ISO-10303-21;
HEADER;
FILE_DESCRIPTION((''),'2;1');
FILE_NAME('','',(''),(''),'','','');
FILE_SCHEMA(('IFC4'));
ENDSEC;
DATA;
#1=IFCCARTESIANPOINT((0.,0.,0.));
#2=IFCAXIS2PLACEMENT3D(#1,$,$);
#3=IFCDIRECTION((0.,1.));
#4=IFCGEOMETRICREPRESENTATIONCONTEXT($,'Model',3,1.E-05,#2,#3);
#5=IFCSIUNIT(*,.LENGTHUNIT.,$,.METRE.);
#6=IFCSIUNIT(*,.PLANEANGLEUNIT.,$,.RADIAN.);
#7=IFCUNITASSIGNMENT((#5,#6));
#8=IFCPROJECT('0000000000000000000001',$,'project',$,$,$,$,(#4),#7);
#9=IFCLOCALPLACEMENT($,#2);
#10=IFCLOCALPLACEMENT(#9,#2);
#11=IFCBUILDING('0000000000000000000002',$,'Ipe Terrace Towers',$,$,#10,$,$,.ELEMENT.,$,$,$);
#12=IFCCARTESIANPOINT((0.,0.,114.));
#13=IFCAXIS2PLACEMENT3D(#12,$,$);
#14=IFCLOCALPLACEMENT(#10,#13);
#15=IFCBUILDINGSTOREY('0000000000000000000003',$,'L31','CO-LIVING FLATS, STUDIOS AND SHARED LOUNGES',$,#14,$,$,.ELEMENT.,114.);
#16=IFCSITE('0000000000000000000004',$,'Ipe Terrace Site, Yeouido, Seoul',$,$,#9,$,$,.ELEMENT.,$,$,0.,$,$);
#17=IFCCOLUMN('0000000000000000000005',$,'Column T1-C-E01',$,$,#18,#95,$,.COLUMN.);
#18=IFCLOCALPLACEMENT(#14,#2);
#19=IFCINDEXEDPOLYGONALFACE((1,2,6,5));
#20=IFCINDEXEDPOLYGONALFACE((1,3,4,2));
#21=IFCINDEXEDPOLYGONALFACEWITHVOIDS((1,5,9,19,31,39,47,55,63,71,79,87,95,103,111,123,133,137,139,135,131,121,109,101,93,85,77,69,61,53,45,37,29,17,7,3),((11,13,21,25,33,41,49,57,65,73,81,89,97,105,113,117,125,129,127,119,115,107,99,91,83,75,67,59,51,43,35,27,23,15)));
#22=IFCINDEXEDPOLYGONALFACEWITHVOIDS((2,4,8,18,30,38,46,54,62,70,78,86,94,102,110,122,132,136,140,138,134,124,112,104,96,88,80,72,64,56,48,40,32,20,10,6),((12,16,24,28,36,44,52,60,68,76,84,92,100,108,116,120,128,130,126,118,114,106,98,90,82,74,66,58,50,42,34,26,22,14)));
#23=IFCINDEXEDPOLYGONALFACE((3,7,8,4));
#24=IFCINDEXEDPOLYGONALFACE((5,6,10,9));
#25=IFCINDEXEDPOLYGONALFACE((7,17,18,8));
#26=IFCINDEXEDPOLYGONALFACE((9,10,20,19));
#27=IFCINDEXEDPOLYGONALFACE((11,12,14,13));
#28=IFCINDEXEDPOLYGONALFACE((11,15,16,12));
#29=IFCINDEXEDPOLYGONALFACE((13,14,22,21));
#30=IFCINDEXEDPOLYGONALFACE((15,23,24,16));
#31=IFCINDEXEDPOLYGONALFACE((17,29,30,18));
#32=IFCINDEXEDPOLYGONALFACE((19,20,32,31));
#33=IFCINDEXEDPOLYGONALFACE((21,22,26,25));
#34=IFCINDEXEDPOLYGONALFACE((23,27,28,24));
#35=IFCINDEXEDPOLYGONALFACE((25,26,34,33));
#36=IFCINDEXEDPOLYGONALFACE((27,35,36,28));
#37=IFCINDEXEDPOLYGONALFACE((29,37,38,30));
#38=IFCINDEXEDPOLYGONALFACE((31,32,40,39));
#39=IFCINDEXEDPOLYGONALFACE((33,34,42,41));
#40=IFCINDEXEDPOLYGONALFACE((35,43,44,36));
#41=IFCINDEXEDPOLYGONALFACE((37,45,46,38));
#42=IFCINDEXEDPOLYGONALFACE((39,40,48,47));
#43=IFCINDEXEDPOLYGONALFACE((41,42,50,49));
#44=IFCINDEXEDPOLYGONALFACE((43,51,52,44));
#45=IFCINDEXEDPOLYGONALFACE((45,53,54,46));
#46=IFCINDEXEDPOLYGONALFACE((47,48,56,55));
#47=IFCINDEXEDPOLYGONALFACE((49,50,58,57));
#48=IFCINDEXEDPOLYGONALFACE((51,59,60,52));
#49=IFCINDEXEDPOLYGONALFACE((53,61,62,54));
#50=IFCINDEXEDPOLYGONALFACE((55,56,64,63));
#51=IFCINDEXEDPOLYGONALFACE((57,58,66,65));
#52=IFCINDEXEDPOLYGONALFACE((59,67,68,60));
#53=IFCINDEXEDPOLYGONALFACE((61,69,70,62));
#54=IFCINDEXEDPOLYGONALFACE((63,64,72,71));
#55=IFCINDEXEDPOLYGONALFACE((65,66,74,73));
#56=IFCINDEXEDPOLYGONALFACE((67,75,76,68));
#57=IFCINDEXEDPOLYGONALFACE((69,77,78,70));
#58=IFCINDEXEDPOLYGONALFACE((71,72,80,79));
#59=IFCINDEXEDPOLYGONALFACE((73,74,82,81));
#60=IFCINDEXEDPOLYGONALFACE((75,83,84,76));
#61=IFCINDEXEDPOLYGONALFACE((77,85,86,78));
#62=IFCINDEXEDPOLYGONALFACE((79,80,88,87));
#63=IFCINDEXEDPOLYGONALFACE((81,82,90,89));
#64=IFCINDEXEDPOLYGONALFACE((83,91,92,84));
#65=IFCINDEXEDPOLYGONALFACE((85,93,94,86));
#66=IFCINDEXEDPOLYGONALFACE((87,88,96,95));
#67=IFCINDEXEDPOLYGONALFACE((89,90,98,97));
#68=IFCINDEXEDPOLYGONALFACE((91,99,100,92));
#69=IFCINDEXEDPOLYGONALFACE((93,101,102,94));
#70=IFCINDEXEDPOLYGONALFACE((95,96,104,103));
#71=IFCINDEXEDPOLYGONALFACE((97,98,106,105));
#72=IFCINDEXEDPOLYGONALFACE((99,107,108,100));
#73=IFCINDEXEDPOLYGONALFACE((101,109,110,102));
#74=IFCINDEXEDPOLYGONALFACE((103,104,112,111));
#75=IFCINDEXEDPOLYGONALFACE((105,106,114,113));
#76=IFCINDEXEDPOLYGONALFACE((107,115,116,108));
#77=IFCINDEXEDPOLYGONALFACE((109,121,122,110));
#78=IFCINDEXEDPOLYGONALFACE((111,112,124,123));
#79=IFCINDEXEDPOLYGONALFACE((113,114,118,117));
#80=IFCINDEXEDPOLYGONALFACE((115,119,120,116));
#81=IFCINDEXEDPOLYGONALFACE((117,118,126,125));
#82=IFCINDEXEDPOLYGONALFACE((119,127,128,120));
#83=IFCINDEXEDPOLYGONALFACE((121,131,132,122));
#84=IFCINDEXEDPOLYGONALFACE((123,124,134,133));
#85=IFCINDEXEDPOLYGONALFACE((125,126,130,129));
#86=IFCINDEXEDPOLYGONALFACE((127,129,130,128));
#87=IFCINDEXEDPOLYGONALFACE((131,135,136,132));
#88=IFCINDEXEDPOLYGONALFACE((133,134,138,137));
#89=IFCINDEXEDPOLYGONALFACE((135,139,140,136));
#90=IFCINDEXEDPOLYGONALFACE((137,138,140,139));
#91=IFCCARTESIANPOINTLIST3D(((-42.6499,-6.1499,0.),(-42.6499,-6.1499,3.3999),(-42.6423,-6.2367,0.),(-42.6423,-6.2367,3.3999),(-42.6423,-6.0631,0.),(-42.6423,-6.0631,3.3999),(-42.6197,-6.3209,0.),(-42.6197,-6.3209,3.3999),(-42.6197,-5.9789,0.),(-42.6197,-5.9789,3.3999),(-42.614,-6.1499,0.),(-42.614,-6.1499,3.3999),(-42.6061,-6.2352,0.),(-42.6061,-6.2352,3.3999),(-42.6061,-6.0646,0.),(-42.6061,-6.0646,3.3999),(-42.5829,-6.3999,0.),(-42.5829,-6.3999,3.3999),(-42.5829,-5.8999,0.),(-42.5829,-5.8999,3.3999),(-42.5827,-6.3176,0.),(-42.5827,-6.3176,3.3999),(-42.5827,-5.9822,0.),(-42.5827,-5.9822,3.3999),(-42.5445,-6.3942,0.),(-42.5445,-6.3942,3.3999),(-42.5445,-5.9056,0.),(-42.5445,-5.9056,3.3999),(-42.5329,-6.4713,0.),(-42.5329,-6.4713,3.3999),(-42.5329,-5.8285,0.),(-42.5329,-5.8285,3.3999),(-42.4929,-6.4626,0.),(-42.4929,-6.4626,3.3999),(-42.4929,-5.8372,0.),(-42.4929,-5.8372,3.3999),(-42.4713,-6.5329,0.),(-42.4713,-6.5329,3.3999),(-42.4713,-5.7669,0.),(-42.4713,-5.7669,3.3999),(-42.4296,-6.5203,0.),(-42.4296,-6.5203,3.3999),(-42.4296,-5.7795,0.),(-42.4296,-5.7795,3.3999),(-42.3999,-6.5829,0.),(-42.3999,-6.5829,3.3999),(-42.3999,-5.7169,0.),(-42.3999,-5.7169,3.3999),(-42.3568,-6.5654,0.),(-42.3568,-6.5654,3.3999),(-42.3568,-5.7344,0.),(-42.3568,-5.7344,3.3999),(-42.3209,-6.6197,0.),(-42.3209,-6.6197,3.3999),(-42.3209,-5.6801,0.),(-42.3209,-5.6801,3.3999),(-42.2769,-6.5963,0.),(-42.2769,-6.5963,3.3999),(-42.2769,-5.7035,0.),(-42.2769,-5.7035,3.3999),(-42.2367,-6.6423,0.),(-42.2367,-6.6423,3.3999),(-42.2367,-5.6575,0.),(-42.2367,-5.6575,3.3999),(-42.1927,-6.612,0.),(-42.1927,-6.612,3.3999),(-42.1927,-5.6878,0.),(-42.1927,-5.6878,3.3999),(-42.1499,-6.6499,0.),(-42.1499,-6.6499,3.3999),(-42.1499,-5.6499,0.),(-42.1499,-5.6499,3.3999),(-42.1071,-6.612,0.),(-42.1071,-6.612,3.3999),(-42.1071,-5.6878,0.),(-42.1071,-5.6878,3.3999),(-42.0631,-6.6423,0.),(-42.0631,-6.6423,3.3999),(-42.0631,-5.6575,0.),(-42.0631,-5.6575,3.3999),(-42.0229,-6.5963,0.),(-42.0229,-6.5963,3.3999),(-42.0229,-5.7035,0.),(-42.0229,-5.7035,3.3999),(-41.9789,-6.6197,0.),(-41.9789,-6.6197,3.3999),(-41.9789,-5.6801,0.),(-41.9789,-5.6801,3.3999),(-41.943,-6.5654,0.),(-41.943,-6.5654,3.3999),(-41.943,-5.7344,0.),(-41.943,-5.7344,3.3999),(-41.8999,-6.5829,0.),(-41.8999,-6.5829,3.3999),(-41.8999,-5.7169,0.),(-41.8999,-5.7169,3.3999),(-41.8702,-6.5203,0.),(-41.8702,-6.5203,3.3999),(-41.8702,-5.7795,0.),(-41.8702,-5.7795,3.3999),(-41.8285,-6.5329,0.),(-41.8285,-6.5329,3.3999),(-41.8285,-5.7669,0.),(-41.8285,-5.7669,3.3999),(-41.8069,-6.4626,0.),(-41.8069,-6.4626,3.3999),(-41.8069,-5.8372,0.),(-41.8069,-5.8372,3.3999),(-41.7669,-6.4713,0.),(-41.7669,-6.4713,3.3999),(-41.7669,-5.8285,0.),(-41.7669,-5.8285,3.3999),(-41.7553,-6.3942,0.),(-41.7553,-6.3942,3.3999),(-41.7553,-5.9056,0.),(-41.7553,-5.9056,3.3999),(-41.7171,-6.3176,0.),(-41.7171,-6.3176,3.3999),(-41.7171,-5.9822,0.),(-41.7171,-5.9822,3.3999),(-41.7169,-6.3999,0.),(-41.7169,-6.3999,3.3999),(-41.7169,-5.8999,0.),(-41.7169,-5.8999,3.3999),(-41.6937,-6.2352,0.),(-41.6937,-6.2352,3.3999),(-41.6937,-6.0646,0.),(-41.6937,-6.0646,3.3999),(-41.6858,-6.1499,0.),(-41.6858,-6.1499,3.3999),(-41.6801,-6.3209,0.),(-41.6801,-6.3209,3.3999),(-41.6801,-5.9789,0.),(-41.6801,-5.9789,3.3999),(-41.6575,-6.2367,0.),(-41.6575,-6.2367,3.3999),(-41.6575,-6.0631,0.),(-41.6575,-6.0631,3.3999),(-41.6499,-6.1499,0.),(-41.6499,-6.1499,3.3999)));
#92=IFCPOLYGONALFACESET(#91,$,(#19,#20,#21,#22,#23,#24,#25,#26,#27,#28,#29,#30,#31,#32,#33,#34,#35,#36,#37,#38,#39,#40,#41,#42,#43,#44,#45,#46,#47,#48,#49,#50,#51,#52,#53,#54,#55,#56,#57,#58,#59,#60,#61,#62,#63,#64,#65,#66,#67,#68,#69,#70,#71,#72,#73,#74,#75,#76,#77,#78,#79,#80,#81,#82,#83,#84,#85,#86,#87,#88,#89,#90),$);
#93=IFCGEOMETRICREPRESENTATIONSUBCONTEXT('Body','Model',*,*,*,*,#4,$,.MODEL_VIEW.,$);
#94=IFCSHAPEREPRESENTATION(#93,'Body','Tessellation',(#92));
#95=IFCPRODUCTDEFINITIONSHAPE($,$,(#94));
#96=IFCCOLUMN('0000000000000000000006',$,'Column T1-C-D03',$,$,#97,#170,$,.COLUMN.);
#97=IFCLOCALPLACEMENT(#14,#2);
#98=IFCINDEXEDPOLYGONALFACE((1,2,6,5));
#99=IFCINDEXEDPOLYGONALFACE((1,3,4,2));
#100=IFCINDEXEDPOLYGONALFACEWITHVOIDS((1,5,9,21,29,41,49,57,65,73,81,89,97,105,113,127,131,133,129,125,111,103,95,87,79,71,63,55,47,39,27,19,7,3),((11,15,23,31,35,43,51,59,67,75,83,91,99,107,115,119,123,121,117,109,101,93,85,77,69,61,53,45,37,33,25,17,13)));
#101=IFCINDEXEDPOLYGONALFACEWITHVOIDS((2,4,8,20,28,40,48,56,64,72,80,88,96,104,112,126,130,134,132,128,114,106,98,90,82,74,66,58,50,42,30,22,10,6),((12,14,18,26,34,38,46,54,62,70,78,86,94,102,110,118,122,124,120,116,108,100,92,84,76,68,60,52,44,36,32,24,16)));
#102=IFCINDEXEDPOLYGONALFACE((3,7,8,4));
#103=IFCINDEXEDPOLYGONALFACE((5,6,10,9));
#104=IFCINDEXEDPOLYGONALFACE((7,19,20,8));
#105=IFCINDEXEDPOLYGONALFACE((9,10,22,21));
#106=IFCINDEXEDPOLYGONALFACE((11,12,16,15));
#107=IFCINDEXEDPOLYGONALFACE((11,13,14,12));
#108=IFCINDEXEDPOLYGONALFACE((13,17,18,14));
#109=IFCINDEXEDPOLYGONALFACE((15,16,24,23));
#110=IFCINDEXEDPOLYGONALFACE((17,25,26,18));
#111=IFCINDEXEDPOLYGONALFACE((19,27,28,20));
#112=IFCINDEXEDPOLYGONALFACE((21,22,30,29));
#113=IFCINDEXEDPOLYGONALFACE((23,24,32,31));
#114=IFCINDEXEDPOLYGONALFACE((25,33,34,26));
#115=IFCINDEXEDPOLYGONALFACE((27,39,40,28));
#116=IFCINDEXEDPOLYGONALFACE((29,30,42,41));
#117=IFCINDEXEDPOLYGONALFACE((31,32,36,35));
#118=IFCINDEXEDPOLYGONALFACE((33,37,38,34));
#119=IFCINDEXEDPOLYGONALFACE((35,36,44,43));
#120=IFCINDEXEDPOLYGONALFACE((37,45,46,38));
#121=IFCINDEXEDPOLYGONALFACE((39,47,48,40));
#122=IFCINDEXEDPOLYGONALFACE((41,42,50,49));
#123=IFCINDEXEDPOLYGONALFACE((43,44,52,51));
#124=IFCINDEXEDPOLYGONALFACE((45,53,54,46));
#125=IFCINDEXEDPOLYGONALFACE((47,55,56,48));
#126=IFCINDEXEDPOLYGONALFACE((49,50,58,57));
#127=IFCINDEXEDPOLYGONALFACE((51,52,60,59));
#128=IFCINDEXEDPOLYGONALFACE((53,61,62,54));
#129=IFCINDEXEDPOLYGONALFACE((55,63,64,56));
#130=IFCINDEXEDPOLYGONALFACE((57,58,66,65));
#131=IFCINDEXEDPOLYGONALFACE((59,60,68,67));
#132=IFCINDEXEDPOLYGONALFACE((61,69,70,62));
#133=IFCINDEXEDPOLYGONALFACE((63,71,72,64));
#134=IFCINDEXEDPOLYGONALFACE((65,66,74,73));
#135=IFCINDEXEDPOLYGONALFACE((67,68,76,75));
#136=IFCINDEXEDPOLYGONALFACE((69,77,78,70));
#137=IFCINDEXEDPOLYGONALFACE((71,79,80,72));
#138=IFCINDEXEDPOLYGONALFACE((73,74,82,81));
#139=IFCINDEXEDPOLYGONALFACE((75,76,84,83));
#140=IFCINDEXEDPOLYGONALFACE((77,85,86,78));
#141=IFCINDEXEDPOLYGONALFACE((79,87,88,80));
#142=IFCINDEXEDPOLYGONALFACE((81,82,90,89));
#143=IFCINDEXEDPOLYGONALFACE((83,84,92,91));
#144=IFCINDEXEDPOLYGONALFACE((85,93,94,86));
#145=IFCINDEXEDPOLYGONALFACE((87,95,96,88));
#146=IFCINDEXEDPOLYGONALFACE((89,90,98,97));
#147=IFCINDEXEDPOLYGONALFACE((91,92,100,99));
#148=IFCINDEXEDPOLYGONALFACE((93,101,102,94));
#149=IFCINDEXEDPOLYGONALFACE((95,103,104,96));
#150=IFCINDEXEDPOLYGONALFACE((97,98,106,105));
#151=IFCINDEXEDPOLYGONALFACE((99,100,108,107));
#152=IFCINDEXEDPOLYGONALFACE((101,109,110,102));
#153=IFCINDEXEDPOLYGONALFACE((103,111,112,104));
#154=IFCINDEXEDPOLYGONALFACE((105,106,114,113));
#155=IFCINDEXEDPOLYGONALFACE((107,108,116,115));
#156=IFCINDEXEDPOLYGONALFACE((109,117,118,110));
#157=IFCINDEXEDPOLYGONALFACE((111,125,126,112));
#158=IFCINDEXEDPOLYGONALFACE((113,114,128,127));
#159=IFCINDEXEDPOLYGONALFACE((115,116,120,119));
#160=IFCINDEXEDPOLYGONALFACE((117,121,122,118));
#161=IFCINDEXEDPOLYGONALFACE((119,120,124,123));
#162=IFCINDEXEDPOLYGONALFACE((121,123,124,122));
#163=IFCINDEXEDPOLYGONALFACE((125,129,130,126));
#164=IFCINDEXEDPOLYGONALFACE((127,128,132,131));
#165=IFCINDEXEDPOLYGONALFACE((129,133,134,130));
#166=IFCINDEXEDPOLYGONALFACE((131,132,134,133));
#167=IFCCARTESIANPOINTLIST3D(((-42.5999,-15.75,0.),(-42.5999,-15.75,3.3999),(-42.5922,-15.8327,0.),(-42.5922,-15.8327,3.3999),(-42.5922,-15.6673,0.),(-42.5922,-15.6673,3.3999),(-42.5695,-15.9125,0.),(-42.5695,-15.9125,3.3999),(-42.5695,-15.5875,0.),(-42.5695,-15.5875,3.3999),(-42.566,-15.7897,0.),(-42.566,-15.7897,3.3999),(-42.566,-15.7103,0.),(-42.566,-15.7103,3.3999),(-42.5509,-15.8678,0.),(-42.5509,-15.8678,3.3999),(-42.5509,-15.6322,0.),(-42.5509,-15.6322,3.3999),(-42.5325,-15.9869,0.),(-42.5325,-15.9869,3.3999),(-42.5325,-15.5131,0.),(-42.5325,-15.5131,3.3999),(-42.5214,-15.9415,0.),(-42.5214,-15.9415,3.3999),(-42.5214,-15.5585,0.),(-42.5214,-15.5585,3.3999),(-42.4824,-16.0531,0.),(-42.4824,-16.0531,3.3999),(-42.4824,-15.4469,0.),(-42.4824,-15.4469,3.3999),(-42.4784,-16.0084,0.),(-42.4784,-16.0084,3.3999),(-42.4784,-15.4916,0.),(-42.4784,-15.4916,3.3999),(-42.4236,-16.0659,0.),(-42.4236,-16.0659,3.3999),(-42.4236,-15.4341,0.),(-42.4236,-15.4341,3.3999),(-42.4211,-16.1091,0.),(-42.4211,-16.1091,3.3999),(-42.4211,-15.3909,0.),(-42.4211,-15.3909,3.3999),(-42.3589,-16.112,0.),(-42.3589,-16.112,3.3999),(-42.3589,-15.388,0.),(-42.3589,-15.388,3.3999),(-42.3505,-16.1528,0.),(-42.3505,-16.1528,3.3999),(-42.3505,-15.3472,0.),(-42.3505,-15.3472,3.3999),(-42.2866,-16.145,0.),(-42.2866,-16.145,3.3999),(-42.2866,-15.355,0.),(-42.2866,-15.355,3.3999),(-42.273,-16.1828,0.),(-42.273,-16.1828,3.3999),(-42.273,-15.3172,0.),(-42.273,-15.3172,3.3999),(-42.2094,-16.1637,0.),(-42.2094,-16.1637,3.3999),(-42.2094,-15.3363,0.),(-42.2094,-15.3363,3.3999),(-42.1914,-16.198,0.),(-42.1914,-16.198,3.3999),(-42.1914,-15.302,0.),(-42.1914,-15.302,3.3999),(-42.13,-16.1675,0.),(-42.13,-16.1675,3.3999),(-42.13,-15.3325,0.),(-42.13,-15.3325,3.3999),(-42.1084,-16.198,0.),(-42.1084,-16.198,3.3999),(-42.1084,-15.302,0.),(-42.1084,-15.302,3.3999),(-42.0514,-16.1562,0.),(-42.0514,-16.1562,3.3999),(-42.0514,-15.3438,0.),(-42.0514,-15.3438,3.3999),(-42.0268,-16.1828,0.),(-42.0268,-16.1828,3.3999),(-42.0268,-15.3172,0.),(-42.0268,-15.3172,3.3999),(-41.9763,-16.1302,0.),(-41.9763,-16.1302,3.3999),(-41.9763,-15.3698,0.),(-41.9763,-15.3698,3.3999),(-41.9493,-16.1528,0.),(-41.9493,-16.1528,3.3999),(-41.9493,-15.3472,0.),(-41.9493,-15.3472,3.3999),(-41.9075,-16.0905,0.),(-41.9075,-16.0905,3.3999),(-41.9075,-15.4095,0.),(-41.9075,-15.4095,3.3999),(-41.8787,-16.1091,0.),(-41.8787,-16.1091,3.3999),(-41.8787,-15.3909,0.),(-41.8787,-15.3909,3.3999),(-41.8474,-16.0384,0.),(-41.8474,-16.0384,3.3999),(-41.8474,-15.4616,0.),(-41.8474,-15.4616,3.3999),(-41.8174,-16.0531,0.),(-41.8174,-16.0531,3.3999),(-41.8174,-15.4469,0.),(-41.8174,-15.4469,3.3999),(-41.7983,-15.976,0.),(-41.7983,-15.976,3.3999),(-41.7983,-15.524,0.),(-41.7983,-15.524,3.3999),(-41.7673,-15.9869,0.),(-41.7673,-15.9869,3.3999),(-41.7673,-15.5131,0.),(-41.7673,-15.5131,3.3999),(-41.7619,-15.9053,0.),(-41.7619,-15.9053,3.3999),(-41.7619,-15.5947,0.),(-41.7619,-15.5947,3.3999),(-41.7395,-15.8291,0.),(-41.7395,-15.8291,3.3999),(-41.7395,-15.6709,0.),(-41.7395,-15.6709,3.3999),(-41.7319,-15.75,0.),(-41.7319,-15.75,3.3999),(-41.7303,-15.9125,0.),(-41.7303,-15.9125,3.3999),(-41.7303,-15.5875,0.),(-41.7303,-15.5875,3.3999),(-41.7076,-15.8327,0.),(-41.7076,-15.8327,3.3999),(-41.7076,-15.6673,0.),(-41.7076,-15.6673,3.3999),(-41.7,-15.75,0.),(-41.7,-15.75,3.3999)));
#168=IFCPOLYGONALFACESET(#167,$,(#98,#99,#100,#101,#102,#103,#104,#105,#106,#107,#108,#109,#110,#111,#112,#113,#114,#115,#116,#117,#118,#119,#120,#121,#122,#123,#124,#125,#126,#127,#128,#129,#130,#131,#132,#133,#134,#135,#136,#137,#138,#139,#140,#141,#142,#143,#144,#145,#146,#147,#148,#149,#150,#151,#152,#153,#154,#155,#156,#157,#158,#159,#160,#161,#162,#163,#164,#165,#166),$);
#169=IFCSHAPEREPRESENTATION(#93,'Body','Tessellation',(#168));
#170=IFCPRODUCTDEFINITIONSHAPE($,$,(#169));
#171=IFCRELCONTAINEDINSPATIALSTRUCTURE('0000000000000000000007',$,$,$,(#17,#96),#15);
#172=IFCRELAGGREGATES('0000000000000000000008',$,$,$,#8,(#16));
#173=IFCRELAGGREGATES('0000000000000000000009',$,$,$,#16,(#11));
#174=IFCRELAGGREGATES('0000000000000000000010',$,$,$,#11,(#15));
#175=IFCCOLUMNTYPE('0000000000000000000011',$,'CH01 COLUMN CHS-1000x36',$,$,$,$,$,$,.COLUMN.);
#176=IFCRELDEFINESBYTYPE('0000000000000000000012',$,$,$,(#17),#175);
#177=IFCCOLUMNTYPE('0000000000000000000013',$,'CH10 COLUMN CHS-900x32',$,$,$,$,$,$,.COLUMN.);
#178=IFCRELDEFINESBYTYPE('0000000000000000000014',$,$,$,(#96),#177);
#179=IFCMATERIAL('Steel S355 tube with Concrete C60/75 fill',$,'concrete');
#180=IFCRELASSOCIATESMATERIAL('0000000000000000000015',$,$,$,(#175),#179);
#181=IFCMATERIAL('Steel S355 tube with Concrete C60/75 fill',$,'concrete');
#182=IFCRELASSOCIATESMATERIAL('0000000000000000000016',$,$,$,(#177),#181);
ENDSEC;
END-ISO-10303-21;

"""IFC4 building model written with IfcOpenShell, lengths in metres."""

from ifc_helpers import new_model, si_unit, direction, frame, origin, origin_2d, place, context, subcontext, project, spatial, hollow_circle, extrude, material, material_profile, profile_set, type_object, element, save


model = new_model("IFC4")

# Units and contexts
model_context = context("Model", 3, precision=1e-05, world=origin(), true_north=direction((0.0, 1.0)))
body_context = subcontext(model_context, "Body", "Model", "MODEL_VIEW")
ifc_project = project(units=[si_unit("LENGTHUNIT", "METRE"), si_unit("PLANEANGLEUNIT", "RADIAN")], contexts=[model_context])

# Site, building, storey
site_placement = place(None, origin())
site = spatial("IfcSite", under=ifc_project, at=site_placement, Name="Ipe Terrace Site, Yeouido, Seoul", CompositionType="ELEMENT", RefElevation=0.0)
building_placement = place(site_placement, origin())
building = spatial("IfcBuilding", under=site, at=building_placement, Name="Ipe Terrace Towers", CompositionType="ELEMENT")
storey_placement = place(building_placement, frame((0.0, 0.0, 114.0)))
storey = spatial("IfcBuildingStorey", under=building, at=storey_placement, Name="L31", Description="CO-LIVING FLATS, STUDIOS AND SHARED LOUNGES", CompositionType="ELEMENT", Elevation=114.0)

# Columns
ifc_material_1 = material(Name="Steel S355 tube with Concrete C60/75 fill", Category="concrete")
ifc_material_profile_1 = material_profile(ifc_material_1, hollow_circle(Radius=0.5, WallThickness=0.0359, at=origin_2d()), Name="CHS-1000x36")
ifc_profile_set_1 = profile_set([ifc_material_profile_1], Name="Steel S355 tube with Concrete C60/75 fill")
column_type_1 = type_object("IfcColumnType", Name="CH01 COLUMN CHS-1000x36", PredefinedType="COLUMN", material=ifc_profile_set_1)
column_placement = place(storey_placement, frame((-42.1499, -6.1499, 0.0), z_axis=(0.0, 0.0, 1.0), x_axis=(1.0, 0.0, 0.0)))
element("IfcColumn", 1, at=column_placement, inside=storey, type_object=column_type_1, Name="Column T1-C-E01", PredefinedType="COLUMN", context=body_context, shape_type="SweptSolid", body=[
    extrude(hollow_circle(Radius=0.5, WallThickness=0.0359, at=origin_2d()), origin(), (0.0, 0.0, 1.0), 3.3999),
])
ifc_material_2 = material(Name="Steel S355 tube with Concrete C60/75 fill", Category="concrete")
ifc_material_profile_2 = material_profile(ifc_material_2, hollow_circle(Radius=0.45, WallThickness=0.032, at=origin_2d()), Name="CHS-900x32")
ifc_profile_set_2 = profile_set([ifc_material_profile_2], Name="Steel S355 tube with Concrete C60/75 fill")
column_type_2 = type_object("IfcColumnType", Name="CH10 COLUMN CHS-900x32", PredefinedType="COLUMN", material=ifc_profile_set_2)
for number, where, z_axis, x_axis, name in (
    (2, (-42.1499, -15.75, 0.0), (0.0, 0.0, 1.0), (1.0, 0.0, 0.0), "Column T1-C-D03"),
):
    element("IfcColumn", number, at=place(storey_placement, frame(where, z_axis=z_axis, x_axis=x_axis)), inside=storey, type_object=column_type_2, Name=name, PredefinedType="COLUMN", context=body_context, shape_type="SweptSolid", body=[
        extrude(hollow_circle(Radius=0.45, WallThickness=0.032, at=origin_2d()), origin(), (0.0, 0.0, 1.0), 3.3999),
    ])

save(model, "model.ifc")
